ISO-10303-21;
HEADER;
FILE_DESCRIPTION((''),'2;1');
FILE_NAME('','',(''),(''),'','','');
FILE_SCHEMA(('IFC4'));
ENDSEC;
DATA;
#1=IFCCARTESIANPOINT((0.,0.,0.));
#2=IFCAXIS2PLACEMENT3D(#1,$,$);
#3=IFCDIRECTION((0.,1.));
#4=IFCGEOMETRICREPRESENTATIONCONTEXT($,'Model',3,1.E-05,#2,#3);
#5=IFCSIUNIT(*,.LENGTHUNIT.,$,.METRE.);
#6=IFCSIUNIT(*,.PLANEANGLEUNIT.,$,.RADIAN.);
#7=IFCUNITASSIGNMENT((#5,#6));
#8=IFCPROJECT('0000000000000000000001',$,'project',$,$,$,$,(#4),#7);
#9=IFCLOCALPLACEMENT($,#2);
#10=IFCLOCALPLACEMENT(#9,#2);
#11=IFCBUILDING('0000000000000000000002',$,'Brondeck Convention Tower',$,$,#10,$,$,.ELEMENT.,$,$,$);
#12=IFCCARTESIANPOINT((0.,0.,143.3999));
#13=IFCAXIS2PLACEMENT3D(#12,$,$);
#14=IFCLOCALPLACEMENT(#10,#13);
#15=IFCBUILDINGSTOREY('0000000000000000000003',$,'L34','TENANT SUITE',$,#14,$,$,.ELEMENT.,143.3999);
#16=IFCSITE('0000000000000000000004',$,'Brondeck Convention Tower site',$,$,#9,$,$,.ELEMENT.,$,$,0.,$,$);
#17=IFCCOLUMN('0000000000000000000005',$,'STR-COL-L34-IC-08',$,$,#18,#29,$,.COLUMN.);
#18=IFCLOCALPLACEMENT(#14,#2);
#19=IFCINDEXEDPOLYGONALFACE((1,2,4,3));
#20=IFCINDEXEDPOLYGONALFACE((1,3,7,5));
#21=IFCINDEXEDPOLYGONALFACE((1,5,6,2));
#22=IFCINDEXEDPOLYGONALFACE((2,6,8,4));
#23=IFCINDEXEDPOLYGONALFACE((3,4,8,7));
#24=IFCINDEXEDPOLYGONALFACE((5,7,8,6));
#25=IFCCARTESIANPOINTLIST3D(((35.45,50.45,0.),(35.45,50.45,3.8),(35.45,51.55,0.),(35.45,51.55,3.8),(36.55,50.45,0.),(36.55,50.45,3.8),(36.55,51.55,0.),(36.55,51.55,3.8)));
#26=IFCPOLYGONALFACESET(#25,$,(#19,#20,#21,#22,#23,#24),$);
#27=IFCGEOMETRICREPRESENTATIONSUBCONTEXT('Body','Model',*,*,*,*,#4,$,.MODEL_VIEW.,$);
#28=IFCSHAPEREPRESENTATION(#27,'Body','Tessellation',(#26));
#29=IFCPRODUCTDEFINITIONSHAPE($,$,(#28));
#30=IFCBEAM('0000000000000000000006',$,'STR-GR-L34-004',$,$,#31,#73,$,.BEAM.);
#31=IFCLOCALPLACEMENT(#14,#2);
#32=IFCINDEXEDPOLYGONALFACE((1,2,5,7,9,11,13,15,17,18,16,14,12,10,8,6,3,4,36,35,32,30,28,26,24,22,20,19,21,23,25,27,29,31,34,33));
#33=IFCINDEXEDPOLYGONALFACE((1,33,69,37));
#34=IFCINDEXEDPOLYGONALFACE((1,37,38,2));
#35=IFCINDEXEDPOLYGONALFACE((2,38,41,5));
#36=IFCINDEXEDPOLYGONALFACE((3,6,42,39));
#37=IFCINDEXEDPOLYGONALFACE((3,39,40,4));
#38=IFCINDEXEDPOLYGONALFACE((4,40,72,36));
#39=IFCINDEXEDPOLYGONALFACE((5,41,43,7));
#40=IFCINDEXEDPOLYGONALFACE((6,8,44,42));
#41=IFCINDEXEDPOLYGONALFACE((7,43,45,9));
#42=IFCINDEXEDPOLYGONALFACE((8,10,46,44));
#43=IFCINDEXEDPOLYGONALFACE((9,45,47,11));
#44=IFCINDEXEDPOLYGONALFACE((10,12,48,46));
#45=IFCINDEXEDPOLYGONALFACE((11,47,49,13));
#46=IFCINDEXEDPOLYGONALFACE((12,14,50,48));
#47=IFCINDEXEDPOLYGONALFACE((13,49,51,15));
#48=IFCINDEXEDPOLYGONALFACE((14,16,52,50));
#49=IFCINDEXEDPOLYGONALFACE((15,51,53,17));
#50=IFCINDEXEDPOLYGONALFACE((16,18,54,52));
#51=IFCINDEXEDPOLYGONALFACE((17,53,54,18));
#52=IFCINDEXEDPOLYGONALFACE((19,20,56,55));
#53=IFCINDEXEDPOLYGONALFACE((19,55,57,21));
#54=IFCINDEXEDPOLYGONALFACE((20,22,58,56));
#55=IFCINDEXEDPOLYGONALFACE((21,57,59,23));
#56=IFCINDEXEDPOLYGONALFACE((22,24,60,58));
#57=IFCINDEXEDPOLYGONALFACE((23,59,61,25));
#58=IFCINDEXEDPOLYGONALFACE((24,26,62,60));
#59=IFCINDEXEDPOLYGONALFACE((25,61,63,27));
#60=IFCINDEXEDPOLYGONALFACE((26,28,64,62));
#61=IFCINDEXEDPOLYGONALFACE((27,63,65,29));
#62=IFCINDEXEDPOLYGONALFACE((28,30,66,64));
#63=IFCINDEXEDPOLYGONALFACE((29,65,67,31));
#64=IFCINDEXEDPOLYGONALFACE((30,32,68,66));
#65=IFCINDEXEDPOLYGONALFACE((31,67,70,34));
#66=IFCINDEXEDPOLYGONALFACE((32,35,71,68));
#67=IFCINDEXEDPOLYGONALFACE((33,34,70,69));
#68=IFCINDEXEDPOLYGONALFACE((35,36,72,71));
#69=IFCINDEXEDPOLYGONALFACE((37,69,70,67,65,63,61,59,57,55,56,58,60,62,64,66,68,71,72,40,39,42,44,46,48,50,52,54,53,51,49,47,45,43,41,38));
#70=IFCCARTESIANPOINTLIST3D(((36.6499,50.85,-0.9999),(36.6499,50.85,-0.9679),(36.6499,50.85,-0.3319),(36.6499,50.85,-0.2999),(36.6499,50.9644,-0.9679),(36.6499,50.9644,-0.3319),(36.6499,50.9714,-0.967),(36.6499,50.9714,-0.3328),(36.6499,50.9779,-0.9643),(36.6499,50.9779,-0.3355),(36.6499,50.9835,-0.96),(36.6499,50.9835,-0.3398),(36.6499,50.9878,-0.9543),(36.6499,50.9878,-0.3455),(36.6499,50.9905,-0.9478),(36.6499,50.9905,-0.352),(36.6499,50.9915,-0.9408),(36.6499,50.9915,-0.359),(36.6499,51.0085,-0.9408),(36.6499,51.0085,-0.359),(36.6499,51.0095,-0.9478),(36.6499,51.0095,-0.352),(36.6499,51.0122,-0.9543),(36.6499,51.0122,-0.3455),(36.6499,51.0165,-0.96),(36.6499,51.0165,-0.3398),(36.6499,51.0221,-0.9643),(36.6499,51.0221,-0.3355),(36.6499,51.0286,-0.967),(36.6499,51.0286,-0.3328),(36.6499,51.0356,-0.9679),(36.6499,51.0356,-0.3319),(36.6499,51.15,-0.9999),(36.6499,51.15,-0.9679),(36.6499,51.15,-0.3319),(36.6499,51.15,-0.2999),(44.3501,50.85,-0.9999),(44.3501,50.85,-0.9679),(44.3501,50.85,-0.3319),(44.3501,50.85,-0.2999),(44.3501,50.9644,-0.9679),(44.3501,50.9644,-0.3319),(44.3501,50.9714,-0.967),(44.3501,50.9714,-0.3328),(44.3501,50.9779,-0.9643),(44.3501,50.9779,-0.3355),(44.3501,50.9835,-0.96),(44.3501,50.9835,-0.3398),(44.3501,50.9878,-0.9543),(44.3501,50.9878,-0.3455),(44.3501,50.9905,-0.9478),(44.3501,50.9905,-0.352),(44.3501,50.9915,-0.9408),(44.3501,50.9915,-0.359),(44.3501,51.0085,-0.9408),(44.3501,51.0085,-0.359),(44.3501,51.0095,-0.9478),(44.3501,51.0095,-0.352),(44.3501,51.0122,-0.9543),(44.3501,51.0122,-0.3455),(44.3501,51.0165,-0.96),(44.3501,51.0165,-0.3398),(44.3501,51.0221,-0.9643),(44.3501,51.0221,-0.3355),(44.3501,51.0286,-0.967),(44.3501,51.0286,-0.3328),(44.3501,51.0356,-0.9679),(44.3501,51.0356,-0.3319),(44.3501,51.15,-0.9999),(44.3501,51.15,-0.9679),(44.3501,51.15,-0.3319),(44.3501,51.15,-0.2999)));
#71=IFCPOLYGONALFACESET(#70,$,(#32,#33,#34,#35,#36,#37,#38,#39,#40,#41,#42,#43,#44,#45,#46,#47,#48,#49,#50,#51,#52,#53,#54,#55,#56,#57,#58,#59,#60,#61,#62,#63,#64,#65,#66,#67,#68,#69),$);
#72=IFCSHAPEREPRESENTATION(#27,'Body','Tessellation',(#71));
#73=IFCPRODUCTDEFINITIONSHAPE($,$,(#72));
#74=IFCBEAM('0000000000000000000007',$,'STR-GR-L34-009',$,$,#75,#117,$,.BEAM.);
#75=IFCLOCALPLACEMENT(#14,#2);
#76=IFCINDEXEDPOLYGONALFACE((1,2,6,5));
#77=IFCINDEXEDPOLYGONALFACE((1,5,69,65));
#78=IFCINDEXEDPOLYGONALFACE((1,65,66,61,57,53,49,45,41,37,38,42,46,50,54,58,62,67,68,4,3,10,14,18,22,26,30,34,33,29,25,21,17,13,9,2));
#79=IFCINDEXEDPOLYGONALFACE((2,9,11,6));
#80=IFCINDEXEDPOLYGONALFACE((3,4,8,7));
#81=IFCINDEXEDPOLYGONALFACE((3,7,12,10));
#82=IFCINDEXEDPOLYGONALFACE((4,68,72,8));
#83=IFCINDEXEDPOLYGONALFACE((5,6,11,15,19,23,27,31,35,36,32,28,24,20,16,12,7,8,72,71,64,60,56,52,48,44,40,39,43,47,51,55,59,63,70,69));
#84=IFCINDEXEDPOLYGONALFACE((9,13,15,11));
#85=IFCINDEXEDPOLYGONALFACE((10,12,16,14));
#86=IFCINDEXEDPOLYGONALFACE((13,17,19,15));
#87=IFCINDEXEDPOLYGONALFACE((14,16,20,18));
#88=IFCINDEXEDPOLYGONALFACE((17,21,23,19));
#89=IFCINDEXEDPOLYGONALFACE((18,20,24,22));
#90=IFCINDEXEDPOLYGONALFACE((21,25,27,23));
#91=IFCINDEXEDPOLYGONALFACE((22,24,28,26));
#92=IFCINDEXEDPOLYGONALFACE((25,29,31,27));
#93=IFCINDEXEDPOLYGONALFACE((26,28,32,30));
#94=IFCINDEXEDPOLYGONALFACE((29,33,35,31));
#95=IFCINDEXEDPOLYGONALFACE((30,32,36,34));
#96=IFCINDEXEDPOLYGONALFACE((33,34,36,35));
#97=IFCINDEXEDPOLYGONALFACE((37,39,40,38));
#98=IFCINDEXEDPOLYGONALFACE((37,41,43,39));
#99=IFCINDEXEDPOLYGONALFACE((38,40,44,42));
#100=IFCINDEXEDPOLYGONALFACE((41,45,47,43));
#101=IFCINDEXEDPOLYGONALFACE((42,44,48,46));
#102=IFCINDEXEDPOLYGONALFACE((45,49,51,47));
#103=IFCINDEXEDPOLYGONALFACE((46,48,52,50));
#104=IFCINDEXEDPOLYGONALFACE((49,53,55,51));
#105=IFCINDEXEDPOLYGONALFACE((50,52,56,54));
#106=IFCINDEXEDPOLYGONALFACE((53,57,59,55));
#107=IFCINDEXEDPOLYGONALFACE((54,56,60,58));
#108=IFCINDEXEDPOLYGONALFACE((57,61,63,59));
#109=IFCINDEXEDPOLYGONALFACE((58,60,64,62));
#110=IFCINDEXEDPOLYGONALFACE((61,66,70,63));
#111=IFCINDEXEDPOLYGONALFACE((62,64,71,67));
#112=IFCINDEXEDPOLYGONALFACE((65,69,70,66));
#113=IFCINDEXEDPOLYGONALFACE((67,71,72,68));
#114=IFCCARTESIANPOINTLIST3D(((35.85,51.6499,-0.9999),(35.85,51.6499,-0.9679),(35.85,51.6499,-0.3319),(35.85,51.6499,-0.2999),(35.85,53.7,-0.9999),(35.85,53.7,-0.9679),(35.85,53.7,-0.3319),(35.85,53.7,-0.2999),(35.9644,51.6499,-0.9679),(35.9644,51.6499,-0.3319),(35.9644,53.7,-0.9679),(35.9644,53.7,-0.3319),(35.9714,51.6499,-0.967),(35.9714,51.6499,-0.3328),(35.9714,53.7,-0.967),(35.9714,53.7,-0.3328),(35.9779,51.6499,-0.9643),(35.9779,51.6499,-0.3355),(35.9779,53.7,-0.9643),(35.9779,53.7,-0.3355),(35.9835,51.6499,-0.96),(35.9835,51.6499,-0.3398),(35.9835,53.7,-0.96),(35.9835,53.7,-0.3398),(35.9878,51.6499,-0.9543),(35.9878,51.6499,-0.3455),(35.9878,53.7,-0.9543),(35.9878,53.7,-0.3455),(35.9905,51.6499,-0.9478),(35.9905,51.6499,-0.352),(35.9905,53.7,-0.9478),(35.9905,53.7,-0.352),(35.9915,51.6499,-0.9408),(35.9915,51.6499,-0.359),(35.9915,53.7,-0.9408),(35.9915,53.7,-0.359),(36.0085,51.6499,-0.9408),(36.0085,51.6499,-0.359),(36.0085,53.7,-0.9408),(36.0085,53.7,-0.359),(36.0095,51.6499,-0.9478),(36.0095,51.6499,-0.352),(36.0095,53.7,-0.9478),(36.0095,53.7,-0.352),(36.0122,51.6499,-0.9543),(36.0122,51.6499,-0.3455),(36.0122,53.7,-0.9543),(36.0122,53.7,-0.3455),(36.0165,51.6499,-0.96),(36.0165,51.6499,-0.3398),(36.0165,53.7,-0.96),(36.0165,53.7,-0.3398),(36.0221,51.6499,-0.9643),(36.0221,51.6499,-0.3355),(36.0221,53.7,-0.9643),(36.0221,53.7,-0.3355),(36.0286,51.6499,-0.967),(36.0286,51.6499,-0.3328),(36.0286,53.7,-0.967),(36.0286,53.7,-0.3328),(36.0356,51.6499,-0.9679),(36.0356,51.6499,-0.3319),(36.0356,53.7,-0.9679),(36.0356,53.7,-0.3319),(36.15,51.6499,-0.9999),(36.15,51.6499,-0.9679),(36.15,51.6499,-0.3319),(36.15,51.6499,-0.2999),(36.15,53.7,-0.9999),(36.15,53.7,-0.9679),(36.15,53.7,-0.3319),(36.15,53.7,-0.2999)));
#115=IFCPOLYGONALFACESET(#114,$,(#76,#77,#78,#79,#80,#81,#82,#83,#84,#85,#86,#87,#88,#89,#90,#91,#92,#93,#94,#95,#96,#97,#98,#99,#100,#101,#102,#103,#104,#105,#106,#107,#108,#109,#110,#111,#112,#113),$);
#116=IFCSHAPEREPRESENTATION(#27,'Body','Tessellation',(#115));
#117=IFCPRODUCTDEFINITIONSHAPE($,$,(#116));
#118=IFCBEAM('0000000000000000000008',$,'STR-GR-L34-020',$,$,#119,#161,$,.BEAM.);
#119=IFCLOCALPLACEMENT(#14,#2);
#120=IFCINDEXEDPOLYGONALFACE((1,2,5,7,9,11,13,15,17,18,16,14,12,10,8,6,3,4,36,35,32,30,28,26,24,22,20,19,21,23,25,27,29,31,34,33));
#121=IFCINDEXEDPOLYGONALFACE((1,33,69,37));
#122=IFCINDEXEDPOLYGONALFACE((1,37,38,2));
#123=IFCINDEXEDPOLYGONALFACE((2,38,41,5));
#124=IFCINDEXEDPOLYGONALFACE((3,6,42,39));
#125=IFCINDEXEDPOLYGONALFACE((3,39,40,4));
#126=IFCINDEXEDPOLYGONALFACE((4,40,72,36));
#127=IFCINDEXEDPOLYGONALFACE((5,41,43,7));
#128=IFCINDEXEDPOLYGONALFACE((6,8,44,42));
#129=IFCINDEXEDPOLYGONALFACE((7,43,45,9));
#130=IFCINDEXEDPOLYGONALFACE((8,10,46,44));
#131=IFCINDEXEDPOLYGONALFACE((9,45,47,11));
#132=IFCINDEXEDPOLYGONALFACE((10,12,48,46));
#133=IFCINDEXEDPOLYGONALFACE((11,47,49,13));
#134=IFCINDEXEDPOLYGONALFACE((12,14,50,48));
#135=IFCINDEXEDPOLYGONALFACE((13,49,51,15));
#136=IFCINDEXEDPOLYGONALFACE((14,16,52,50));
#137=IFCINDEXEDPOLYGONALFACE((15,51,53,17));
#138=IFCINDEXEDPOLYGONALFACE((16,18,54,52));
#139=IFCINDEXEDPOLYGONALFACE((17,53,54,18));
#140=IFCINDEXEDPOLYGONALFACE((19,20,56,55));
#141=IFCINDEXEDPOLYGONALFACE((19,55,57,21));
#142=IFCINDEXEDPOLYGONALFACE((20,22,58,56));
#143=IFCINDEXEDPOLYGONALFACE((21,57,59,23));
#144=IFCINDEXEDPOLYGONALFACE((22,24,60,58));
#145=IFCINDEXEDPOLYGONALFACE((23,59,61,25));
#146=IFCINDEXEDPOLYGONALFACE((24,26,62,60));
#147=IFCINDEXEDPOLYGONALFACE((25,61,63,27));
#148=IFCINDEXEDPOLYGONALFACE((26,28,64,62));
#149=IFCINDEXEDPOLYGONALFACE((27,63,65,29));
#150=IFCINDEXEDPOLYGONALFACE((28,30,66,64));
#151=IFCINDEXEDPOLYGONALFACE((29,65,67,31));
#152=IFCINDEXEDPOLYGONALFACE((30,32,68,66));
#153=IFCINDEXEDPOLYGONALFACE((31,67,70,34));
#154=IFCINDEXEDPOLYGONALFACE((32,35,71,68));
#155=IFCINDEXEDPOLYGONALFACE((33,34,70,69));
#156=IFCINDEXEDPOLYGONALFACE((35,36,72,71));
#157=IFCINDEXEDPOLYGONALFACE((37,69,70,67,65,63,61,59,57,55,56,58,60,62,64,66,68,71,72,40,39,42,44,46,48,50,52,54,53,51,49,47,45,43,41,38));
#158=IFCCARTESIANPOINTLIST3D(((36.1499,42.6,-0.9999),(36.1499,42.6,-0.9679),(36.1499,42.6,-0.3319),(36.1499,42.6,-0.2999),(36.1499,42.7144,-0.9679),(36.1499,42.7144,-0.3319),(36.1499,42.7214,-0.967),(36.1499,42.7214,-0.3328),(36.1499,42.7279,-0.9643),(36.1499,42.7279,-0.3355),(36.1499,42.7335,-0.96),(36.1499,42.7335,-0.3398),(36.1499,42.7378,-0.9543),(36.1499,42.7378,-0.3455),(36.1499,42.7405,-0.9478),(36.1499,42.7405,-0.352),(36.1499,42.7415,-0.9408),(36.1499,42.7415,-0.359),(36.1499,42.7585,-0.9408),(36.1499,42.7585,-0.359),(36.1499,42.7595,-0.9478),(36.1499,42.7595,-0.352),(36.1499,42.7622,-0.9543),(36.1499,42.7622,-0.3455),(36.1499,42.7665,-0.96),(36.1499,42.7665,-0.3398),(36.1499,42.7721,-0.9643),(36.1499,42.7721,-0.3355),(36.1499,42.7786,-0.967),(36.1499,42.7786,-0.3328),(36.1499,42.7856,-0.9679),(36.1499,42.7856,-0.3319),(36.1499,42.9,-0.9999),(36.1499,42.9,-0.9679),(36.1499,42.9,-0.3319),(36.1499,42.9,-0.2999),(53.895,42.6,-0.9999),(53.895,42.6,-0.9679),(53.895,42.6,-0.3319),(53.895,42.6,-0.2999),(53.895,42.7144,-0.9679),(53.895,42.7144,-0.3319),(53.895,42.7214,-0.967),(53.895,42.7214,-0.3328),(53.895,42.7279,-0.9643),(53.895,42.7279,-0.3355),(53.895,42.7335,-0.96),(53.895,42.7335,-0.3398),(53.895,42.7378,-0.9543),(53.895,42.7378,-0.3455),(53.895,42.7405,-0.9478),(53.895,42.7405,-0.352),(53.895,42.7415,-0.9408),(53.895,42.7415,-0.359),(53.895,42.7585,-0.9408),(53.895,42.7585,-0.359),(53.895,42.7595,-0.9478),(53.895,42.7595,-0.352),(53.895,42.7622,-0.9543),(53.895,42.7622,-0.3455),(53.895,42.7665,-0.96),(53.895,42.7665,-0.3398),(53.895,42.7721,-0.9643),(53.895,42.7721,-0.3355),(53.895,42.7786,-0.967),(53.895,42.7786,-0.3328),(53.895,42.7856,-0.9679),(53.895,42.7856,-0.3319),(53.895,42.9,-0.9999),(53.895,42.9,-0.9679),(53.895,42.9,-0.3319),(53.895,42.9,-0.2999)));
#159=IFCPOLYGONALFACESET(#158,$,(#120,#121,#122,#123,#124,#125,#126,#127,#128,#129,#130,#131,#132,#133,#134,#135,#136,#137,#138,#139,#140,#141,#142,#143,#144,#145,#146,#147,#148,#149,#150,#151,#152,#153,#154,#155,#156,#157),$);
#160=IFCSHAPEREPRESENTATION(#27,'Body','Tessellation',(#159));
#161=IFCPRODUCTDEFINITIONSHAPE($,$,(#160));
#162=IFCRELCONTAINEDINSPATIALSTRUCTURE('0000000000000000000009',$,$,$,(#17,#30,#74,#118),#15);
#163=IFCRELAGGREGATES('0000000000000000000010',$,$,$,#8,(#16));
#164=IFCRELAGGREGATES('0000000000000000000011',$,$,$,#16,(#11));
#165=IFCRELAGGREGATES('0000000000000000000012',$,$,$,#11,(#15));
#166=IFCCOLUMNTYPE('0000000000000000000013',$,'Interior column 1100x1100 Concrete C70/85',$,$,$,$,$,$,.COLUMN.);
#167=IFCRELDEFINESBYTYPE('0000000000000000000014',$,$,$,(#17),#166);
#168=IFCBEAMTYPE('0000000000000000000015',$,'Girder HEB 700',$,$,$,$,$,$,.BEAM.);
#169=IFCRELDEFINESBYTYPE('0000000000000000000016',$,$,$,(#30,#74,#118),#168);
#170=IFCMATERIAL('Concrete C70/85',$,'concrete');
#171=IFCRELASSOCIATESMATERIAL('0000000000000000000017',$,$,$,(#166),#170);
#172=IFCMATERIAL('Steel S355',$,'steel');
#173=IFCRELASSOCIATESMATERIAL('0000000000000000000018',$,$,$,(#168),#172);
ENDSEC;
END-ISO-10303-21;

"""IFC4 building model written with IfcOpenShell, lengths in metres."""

from ifc_helpers import new_model, si_unit, direction, frame, origin, origin_2d, place, context, subcontext, project, spatial, rectangle, i_section, extrude, material, material_profile, profile_set, type_object, element, save


model = new_model("IFC4")

# Units and contexts
model_context = context("Model", 3, precision=1e-05, world=origin(), true_north=direction((0.0, 1.0)))
body_context = subcontext(model_context, "Body", "Model", "MODEL_VIEW")
ifc_project = project(units=[si_unit("LENGTHUNIT", "METRE"), si_unit("PLANEANGLEUNIT", "RADIAN")], contexts=[model_context])

# Site, building, storey
site_placement = place(None, origin())
site = spatial("IfcSite", under=ifc_project, at=site_placement, Name="Brondeck Convention Tower site", CompositionType="ELEMENT", RefElevation=0.0)
building_placement = place(site_placement, origin())
building = spatial("IfcBuilding", under=site, at=building_placement, Name="Brondeck Convention Tower", CompositionType="ELEMENT")
storey_placement = place(building_placement, frame((0.0, 0.0, 143.3999)))
storey = spatial("IfcBuildingStorey", under=building, at=storey_placement, Name="L34", Description="TENANT SUITE", CompositionType="ELEMENT", Elevation=143.3999)

# Column
ifc_material_1 = material(Name="Concrete C70/85", Category="concrete")
ifc_material_profile_1 = material_profile(ifc_material_1, rectangle(XDim=1.1001, YDim=1.1001, at=origin_2d()), Name="Interior column 1100x1100 Concrete C70/85")
ifc_profile_set_1 = profile_set([ifc_material_profile_1], Name="Concrete C70/85")
column_type = type_object("IfcColumnType", Name="Interior column 1100x1100 Concrete C70/85", PredefinedType="COLUMN", material=ifc_profile_set_1)
column_placement = place(storey_placement, frame((36.0, 51.0, 0.0), z_axis=(0.0, 0.0, 1.0), x_axis=(1.0, 0.0, 0.0)))
element("IfcColumn", 1, at=column_placement, inside=storey, type_object=column_type, Name="STR-COL-L34-IC-08", PredefinedType="COLUMN", context=body_context, shape_type="SweptSolid", body=[
    extrude(rectangle(XDim=1.1001, YDim=1.1001, at=origin_2d()), origin(), (0.0, 0.0, 1.0), 3.8),
])

# Beams
ifc_material_2 = material(Name="Steel S355", Category="steel")
ifc_material_profile_2 = material_profile(ifc_material_2, i_section(OverallWidth=0.3, OverallDepth=0.7, WebThickness=0.0171, FlangeThickness=0.032, FilletRadius=0.0271, at=origin_2d()), Name="HEB 700")
ifc_profile_set_2 = profile_set([ifc_material_profile_2], Name="Steel S355")
beam_type = type_object("IfcBeamType", Name="Girder HEB 700", PredefinedType="BEAM", material=ifc_profile_set_2)
beam_1_placement = place(storey_placement, frame((36.6499, 51.0, -0.6499), z_axis=(1.0, 0.0, 0.0), x_axis=(0.0, 1.0, 0.0)))
element("IfcBeam", 2, at=beam_1_placement, inside=storey, type_object=beam_type, Name="STR-GR-L34-004", PredefinedType="BEAM", context=body_context, shape_type="SweptSolid", body=[
    extrude(i_section(OverallWidth=0.3, OverallDepth=0.7, WebThickness=0.0171, FlangeThickness=0.032, FilletRadius=0.0271, at=origin_2d()), origin(), (0.0, 0.0, 1.0), 7.7002),
])
beam_2_placement = place(storey_placement, frame((36.0, 51.6499, -0.6499), z_axis=(0.0, 1.0, 0.0), x_axis=(-1.0, 0.0, 0.0)))
element("IfcBeam", 3, at=beam_2_placement, inside=storey, type_object=beam_type, Name="STR-GR-L34-009", PredefinedType="BEAM", context=body_context, shape_type="SweptSolid", body=[
    extrude(i_section(OverallWidth=0.3, OverallDepth=0.7, WebThickness=0.0171, FlangeThickness=0.032, FilletRadius=0.0271, at=origin_2d()), origin(), (0.0, 0.0, 1.0), 2.05),
])
for number, where, z_axis, x_axis, name in (
    (4, (36.1499, 42.75, -0.6499), (1.0, 0.0, 0.0), (0.0, 1.0, 0.0), "STR-GR-L34-020"),
):
    element("IfcBeam", number, at=place(storey_placement, frame(where, z_axis=z_axis, x_axis=x_axis)), inside=storey, type_object=beam_type, Name=name, PredefinedType="BEAM", context=body_context, shape_type="SweptSolid", body=[
        extrude(i_section(OverallWidth=0.3, OverallDepth=0.7, WebThickness=0.0171, FlangeThickness=0.032, FilletRadius=0.0271, at=origin_2d()), origin(), (0.0, 0.0, 1.0), 17.7451),
    ])

save(model, "model.ifc")
